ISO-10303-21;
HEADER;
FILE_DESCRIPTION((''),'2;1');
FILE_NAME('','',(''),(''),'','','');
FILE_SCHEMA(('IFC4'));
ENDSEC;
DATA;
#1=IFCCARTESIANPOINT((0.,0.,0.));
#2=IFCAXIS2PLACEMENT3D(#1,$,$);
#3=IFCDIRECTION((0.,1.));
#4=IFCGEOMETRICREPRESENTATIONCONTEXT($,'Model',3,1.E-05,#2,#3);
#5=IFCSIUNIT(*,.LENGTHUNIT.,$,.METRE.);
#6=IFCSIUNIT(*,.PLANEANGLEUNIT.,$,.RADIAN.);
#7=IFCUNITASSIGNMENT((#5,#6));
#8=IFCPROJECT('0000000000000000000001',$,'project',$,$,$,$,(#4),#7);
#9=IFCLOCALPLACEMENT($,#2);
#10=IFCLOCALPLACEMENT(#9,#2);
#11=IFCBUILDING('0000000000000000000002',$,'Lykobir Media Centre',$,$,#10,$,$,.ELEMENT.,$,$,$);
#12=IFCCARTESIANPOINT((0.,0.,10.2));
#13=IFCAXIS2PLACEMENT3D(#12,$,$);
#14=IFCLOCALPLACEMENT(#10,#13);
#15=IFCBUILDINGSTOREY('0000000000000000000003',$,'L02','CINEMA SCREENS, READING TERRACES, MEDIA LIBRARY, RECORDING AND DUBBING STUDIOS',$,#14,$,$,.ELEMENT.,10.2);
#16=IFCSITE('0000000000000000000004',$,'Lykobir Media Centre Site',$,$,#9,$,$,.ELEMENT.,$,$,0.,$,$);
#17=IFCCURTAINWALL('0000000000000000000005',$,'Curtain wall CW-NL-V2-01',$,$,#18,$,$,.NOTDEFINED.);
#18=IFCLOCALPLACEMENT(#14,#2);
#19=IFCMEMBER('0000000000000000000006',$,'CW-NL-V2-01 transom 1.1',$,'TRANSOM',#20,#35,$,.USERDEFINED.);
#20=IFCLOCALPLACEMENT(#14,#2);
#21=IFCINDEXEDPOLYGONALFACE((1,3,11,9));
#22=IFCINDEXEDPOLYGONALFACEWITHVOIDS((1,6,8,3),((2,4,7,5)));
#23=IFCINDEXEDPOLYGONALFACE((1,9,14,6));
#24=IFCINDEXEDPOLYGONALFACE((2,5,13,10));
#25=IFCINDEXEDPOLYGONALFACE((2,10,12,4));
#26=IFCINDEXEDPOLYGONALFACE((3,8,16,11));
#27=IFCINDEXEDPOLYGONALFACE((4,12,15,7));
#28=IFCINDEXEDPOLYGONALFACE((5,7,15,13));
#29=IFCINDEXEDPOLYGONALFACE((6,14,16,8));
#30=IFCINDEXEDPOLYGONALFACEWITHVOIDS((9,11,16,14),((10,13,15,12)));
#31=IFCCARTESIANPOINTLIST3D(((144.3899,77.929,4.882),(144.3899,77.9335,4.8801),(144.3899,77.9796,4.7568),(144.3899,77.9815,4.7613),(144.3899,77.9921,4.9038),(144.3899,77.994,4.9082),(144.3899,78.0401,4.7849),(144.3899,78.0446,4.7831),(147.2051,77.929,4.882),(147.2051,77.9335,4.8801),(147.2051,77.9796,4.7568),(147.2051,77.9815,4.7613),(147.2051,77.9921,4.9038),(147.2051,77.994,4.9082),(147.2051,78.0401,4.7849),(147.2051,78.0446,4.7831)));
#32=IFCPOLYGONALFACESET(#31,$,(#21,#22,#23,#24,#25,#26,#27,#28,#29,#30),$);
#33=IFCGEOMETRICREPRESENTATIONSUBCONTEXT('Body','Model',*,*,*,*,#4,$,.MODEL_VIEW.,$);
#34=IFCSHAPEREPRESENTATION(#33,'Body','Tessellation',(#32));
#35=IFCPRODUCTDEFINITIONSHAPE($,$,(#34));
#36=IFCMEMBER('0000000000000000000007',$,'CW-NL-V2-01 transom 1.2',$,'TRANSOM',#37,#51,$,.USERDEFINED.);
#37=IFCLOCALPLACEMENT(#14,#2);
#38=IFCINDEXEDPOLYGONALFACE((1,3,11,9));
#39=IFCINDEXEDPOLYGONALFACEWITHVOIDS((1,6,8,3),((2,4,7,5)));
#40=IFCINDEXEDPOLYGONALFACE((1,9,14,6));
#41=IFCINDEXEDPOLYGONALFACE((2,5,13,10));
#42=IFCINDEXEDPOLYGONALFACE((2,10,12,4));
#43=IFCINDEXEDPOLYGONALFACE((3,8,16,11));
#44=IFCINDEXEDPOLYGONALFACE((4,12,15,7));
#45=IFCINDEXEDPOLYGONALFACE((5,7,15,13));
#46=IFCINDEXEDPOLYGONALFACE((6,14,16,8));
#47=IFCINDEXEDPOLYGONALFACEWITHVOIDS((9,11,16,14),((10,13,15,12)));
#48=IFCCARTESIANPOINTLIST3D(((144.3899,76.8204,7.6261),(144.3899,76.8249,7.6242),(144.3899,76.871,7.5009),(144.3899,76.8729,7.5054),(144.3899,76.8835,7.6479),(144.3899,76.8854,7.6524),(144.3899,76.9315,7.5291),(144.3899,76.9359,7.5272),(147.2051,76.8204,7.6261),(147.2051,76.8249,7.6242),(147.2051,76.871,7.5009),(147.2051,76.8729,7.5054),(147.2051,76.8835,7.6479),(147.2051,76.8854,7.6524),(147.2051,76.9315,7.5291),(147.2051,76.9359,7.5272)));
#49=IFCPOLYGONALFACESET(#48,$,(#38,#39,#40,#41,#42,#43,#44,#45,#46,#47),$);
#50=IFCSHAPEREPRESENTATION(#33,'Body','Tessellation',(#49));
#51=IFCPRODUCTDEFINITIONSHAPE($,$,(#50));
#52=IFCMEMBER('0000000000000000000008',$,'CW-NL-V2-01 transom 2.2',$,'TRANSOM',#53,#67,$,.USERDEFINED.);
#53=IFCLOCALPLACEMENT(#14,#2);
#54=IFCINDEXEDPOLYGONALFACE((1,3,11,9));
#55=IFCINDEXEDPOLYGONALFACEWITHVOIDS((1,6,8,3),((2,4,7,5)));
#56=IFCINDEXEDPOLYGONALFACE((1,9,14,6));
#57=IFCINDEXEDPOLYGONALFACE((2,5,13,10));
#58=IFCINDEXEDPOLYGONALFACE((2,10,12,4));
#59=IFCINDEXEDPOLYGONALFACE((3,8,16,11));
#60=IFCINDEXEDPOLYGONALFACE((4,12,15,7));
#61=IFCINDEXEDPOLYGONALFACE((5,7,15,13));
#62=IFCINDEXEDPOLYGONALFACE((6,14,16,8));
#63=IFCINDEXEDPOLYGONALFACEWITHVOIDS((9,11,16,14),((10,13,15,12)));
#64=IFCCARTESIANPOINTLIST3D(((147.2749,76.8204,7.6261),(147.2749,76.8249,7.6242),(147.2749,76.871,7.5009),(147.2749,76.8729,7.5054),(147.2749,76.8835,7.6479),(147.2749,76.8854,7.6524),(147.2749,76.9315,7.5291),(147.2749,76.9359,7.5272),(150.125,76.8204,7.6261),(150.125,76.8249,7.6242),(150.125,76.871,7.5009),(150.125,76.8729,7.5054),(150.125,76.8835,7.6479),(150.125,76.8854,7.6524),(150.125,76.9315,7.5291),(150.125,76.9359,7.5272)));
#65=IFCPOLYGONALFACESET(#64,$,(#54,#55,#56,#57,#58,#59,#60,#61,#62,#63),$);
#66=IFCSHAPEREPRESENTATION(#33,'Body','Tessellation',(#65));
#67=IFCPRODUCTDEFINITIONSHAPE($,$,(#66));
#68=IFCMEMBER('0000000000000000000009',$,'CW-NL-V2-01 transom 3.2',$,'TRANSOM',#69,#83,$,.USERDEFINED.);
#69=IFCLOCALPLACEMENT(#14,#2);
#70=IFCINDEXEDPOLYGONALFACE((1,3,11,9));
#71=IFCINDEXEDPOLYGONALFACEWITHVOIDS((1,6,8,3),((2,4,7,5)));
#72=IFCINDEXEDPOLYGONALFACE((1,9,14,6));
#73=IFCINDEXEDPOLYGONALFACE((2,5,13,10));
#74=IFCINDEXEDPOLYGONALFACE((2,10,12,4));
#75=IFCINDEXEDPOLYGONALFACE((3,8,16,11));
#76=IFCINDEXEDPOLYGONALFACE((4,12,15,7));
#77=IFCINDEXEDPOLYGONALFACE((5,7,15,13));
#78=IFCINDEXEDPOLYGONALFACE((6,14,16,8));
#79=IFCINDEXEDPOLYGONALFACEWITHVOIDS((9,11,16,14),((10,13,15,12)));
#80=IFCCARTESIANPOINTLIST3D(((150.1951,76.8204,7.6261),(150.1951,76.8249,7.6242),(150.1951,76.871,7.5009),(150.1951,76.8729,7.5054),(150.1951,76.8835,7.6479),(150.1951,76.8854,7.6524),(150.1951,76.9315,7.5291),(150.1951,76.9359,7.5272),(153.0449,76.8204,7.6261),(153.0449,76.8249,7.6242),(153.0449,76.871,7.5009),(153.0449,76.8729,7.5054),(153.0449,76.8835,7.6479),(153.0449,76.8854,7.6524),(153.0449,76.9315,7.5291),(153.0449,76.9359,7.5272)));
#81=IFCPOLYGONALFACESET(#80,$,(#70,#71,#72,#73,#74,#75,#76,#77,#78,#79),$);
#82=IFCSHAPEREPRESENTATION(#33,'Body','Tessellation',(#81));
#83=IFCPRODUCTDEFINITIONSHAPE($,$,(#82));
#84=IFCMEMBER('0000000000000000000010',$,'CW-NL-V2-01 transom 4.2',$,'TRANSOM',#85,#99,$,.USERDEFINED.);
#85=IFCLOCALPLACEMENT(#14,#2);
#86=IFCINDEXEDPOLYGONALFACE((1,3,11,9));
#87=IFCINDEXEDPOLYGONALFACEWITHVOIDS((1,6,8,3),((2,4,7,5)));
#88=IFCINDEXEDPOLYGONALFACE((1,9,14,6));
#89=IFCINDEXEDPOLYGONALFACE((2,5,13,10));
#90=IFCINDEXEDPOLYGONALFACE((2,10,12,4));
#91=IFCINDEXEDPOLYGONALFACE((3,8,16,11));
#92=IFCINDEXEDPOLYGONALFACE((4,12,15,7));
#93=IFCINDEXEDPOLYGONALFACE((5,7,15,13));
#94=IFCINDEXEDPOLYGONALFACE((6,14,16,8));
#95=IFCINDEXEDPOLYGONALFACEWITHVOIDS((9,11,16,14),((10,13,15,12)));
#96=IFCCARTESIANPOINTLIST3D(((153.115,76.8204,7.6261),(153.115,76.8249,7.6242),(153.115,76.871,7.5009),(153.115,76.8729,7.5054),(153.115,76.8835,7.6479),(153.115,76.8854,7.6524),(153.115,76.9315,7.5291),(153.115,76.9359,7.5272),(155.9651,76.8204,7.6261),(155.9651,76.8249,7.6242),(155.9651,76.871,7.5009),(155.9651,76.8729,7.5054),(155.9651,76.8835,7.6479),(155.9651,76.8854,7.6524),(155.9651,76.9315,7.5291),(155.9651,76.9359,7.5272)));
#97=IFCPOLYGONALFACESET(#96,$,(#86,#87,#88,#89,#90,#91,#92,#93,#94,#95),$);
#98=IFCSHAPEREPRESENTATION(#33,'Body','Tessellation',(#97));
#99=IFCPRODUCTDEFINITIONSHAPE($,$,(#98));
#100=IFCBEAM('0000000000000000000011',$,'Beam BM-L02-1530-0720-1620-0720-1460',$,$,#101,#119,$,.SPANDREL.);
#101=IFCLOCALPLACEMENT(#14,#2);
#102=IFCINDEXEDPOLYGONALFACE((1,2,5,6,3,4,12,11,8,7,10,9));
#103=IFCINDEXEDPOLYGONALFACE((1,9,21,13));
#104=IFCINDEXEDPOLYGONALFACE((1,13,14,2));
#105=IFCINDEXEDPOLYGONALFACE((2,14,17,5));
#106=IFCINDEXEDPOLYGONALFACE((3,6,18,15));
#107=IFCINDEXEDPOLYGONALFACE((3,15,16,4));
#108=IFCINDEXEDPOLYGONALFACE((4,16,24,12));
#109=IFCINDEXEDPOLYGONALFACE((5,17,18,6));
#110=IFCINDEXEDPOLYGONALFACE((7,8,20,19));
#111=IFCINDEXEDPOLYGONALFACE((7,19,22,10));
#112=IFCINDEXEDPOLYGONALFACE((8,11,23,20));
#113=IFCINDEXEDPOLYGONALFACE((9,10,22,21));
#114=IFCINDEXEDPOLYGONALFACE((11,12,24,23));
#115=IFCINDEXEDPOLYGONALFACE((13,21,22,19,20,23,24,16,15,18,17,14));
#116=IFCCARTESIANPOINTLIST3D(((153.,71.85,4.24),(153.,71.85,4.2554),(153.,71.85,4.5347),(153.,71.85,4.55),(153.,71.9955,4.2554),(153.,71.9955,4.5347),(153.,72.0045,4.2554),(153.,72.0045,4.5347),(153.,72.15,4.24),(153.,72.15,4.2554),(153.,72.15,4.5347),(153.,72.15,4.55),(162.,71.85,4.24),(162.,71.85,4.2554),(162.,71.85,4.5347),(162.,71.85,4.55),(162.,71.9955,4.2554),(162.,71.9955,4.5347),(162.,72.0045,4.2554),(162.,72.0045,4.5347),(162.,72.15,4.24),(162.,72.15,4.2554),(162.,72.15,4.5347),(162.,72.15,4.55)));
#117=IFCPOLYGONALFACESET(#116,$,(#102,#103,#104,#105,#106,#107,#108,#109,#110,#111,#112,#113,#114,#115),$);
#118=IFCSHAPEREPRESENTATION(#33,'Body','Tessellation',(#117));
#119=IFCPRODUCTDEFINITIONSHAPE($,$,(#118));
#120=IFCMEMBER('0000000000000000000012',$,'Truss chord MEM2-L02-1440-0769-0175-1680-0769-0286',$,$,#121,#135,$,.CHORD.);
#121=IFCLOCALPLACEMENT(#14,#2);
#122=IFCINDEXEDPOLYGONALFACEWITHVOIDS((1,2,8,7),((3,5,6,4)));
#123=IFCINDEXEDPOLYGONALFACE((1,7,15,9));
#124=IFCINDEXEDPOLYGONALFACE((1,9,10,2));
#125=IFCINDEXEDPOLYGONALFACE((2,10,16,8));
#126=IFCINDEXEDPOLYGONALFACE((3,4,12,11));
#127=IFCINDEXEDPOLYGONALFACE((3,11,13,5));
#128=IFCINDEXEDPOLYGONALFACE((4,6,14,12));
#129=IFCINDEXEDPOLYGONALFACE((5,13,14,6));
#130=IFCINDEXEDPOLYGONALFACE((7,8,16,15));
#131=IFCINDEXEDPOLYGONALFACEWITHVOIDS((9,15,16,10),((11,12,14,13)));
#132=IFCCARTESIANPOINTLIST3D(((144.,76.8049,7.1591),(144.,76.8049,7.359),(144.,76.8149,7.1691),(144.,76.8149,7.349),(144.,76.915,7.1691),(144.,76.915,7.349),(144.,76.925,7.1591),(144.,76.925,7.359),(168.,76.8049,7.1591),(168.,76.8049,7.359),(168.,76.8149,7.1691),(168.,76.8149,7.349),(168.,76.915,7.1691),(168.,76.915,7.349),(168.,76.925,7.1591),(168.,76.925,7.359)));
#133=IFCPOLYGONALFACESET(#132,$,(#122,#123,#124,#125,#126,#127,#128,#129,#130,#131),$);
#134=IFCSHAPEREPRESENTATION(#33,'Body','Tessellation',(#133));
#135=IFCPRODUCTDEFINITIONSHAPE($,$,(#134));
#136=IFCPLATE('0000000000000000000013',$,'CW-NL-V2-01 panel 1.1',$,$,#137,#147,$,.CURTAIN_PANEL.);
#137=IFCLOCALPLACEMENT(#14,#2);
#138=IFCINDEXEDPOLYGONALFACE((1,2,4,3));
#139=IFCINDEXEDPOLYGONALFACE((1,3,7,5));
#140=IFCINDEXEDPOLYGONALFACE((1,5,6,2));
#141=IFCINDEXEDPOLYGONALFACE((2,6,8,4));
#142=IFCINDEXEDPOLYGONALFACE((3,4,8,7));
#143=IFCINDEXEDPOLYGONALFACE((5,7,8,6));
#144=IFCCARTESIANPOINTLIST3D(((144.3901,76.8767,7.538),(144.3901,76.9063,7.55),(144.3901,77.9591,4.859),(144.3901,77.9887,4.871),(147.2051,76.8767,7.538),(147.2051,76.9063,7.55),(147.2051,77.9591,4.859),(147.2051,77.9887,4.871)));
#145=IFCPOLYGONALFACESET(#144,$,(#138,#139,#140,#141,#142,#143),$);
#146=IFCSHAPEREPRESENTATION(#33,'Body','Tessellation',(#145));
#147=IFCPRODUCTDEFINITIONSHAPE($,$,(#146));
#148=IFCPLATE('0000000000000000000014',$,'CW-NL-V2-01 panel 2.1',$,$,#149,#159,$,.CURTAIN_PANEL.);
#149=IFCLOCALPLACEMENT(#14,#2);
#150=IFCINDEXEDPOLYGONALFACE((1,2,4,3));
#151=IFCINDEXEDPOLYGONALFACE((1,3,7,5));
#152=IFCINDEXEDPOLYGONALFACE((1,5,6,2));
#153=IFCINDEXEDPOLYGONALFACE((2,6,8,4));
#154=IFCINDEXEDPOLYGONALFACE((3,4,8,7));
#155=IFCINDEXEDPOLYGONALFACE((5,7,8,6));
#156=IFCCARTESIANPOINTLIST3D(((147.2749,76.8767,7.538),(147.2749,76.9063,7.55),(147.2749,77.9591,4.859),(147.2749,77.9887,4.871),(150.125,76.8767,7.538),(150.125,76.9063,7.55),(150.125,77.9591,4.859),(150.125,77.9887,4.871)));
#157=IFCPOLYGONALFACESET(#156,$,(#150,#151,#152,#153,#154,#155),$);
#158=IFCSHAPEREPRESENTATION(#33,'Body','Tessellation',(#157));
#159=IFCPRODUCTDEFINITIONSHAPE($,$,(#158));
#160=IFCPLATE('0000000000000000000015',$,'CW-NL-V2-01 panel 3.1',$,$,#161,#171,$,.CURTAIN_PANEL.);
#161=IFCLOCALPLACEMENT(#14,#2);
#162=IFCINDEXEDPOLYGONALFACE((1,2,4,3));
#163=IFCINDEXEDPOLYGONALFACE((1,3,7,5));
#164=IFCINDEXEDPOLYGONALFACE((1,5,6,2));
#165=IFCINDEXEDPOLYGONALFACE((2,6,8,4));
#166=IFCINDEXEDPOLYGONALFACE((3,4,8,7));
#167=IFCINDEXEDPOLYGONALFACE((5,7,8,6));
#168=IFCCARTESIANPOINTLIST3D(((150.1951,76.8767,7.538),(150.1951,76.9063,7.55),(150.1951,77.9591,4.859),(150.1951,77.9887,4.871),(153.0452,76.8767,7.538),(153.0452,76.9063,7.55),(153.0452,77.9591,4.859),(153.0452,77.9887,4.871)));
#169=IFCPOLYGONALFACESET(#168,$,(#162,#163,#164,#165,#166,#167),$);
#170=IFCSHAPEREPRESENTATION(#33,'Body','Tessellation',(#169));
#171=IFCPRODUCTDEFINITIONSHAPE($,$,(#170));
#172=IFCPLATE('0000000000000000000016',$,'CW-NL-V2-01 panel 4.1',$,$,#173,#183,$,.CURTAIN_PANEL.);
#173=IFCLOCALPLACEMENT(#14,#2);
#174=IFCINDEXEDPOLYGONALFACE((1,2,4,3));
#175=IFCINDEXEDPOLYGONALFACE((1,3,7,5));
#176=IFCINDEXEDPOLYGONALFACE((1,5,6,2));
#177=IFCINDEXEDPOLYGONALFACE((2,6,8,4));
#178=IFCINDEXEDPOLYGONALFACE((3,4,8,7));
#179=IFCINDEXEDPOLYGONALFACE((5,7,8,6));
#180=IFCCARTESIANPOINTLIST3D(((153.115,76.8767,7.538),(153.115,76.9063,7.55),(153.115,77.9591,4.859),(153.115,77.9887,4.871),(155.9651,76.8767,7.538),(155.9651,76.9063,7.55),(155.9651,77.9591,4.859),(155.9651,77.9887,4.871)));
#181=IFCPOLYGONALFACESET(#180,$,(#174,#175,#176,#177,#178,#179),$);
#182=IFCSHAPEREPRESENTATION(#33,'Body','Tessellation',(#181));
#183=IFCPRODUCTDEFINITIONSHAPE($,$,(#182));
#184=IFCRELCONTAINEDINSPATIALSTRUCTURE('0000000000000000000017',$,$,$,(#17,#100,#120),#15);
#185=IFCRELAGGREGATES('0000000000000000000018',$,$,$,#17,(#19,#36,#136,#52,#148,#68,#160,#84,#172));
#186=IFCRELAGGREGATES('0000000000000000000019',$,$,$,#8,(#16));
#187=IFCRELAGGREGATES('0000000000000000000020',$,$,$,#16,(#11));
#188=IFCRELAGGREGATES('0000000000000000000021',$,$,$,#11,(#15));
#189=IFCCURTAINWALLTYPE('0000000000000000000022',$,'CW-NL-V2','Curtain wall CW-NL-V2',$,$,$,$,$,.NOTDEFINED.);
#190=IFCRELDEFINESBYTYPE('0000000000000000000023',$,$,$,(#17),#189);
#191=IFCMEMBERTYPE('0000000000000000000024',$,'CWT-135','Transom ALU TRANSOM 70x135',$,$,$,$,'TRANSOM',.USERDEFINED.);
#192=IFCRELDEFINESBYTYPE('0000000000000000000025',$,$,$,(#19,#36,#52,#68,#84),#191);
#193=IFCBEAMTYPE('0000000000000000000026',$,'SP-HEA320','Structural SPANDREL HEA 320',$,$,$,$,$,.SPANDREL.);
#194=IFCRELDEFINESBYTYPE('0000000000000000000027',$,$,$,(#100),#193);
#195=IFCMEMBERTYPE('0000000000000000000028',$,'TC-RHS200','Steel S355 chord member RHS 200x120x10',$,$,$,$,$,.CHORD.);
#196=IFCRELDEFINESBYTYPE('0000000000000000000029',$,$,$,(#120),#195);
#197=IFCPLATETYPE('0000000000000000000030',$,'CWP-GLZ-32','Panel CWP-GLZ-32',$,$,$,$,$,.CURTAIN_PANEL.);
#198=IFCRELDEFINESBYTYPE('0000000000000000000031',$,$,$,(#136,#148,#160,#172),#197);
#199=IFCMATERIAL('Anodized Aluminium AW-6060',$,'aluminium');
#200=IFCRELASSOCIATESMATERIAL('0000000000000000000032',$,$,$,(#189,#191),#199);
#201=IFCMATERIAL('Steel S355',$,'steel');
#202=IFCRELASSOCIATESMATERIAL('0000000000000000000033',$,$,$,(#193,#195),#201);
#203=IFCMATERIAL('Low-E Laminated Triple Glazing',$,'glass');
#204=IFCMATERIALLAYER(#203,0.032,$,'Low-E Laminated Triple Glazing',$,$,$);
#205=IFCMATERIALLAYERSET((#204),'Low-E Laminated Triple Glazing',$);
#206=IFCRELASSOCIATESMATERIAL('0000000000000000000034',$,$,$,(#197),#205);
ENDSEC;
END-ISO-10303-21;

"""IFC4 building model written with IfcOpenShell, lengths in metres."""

from ifc_helpers import new_model, si_unit, direction, frame, origin, origin_2d, place, context, subcontext, project, spatial, rectangle, hollow_rectangle, i_section, extrude, material, layer, layer_set, material_profile, profile_set, type_object, element, aggregate, save


model = new_model("IFC4")

# Units and contexts
model_context = context("Model", 3, precision=1e-05, world=origin(), true_north=direction((0.0, 1.0)))
body_context = subcontext(model_context, "Body", "Model", "MODEL_VIEW")
ifc_project = project(units=[si_unit("LENGTHUNIT", "METRE"), si_unit("PLANEANGLEUNIT", "RADIAN")], contexts=[model_context])

# Site, building, storey
site_placement = place(None, origin())
site = spatial("IfcSite", under=ifc_project, at=site_placement, Name="Lykobir Media Centre Site", CompositionType="ELEMENT", RefElevation=0.0)
building_placement = place(site_placement, origin())
building = spatial("IfcBuilding", under=site, at=building_placement, Name="Lykobir Media Centre", CompositionType="ELEMENT")
storey_placement = place(building_placement, frame((0.0, 0.0, 10.2)))
storey = spatial("IfcBuildingStorey", under=building, at=storey_placement, Name="L02", Description="CINEMA SCREENS, READING TERRACES, MEDIA LIBRARY, RECORDING AND DUBBING STUDIOS", CompositionType="ELEMENT", Elevation=10.2)

# Shared definitions
ifc_material_1 = material(Name="Steel S355", Category="steel")

# Curtain wall, members
ifc_material_2 = material(Name="Anodized Aluminium AW-6060", Category="aluminium")
curtain_wall_type = type_object("IfcCurtainWallType", Name="CW-NL-V2", Description="Curtain wall CW-NL-V2", PredefinedType="NOTDEFINED", material=ifc_material_2)
curtain_wall_placement = place(storey_placement, origin())
curtain_wall = element("IfcCurtainWall", 1, at=curtain_wall_placement, inside=storey, type_object=curtain_wall_type, Name="Curtain wall CW-NL-V2-01", PredefinedType="NOTDEFINED")
ifc_material_profile_1 = material_profile(ifc_material_2, hollow_rectangle(XDim=0.0701, YDim=0.135, WallThickness=0.0034, at=origin_2d()), Name="ALU TRANSOM 70x135")
ifc_profile_set_1 = profile_set([ifc_material_profile_1], Name="Anodized Aluminium AW-6060")
member_type_1 = type_object("IfcMemberType", Name="CWT-135", Description="Transom ALU TRANSOM 70x135", ElementType="TRANSOM", PredefinedType="USERDEFINED", material=ifc_profile_set_1)
member_1_placement = place(storey_placement, frame((144.3899, 77.9868, 4.8325), z_axis=(1.0, 0.0, 0.0), x_axis=(0.0, 0.927184, 0.374607)))
member_1 = element("IfcMember", 2, at=member_1_placement, type_object=member_type_1, Name="CW-NL-V2-01 transom 1.1", ObjectType="TRANSOM", PredefinedType="USERDEFINED", context=body_context, shape_type="SweptSolid", body=[
    extrude(hollow_rectangle(XDim=0.0701, YDim=0.135, WallThickness=0.0034, at=origin_2d()), origin(), (0.0, 0.0, 1.0), 2.8152),
])
member_2_placement = place(storey_placement, frame((144.3899, 76.8782, 7.5767), z_axis=(1.0, 0.0, 0.0), x_axis=(0.0, 0.927184, 0.374607)))
member_2 = element("IfcMember", 3, at=member_2_placement, type_object=member_type_1, Name="CW-NL-V2-01 transom 1.2", ObjectType="TRANSOM", PredefinedType="USERDEFINED", context=body_context, shape_type="SweptSolid", body=[
    extrude(hollow_rectangle(XDim=0.0701, YDim=0.135, WallThickness=0.0034, at=origin_2d()), origin(), (0.0, 0.0, 1.0), 2.8152),
])
member_3_placement = place(storey_placement, frame((147.2749, 76.8782, 7.5767), z_axis=(1.0, 0.0, 0.0), x_axis=(0.0, 0.927184, 0.374607)))
member_3 = element("IfcMember", 4, at=member_3_placement, type_object=member_type_1, Name="CW-NL-V2-01 transom 2.2", ObjectType="TRANSOM", PredefinedType="USERDEFINED", context=body_context, shape_type="SweptSolid", body=[
    extrude(hollow_rectangle(XDim=0.0701, YDim=0.135, WallThickness=0.0034, at=origin_2d()), origin(), (0.0, 0.0, 1.0), 2.8501),
])
member_4_placement = place(storey_placement, frame((150.1951, 76.8782, 7.5767), z_axis=(1.0, 0.0, 0.0), x_axis=(0.0, 0.927184, 0.374607)))
member_4 = element("IfcMember", 5, at=member_4_placement, type_object=member_type_1, Name="CW-NL-V2-01 transom 3.2", ObjectType="TRANSOM", PredefinedType="USERDEFINED", context=body_context, shape_type="SweptSolid", body=[
    extrude(hollow_rectangle(XDim=0.0701, YDim=0.135, WallThickness=0.0034, at=origin_2d()), origin(), (0.0, 0.0, 1.0), 2.8499),
])
member_5_placement = place(storey_placement, frame((153.115, 76.8782, 7.5767), z_axis=(1.0, 0.0, 0.0), x_axis=(0.0, 0.927184, 0.374607)))
member_5 = element("IfcMember", 6, at=member_5_placement, type_object=member_type_1, Name="CW-NL-V2-01 transom 4.2", ObjectType="TRANSOM", PredefinedType="USERDEFINED", context=body_context, shape_type="SweptSolid", body=[
    extrude(hollow_rectangle(XDim=0.0701, YDim=0.135, WallThickness=0.0034, at=origin_2d()), origin(), (0.0, 0.0, 1.0), 2.8501),
])

# Beam
ifc_material_profile_2 = material_profile(ifc_material_1, i_section(OverallWidth=0.3, OverallDepth=0.3101, WebThickness=0.009, FlangeThickness=0.0154, at=origin_2d()), Name="HEA 320")
ifc_profile_set_2 = profile_set([ifc_material_profile_2], Name="Steel S355")
beam_type = type_object("IfcBeamType", Name="SP-HEA320", Description="Structural SPANDREL HEA 320", PredefinedType="SPANDREL", material=ifc_profile_set_2)
beam_placement = place(storey_placement, frame((153.0, 72.0, 4.395), z_axis=(1.0, 0.0, 0.0), x_axis=(0.0, 1.0, 0.0)))
element("IfcBeam", 7, at=beam_placement, inside=storey, type_object=beam_type, Name="Beam BM-L02-1530-0720-1620-0720-1460", PredefinedType="SPANDREL", context=body_context, shape_type="SweptSolid", body=[
    extrude(i_section(OverallWidth=0.3, OverallDepth=0.3101, WebThickness=0.009, FlangeThickness=0.0154, at=origin_2d()), origin(), (0.0, 0.0, 1.0), 9.0),
])

# Member
ifc_material_profile_3 = material_profile(ifc_material_1, hollow_rectangle(XDim=0.1201, YDim=0.2, WallThickness=0.01, at=origin_2d()), Name="RHS 200x120x10")
ifc_profile_set_3 = profile_set([ifc_material_profile_3], Name="Steel S355")
member_type_2 = type_object("IfcMemberType", Name="TC-RHS200", Description="Steel S355 chord member RHS 200x120x10", PredefinedType="CHORD", material=ifc_profile_set_3)
member_6_placement = place(storey_placement, frame((144.0, 76.865, 7.259), z_axis=(1.0, 0.0, 0.0), x_axis=(0.0, 1.0, 0.0)))
element("IfcMember", 8, at=member_6_placement, inside=storey, type_object=member_type_2, Name="Truss chord MEM2-L02-1440-0769-0175-1680-0769-0286", PredefinedType="CHORD", context=body_context, shape_type="SweptSolid", body=[
    extrude(hollow_rectangle(XDim=0.1201, YDim=0.2, WallThickness=0.01, at=origin_2d()), origin(), (0.0, 0.0, 1.0), 24.0),
])

# Plates
ifc_material_3 = material(Name="Low-E Laminated Triple Glazing", Category="glass")
ifc_layer_1 = layer(ifc_material_3, 0.032, Name="Low-E Laminated Triple Glazing")
ifc_layer_set_1 = layer_set([ifc_layer_1], Name="Low-E Laminated Triple Glazing")
plate_type_1 = type_object("IfcPlateType", Name="CWP-GLZ-32", Description="Panel CWP-GLZ-32", PredefinedType="CURTAIN_PANEL", material=ifc_layer_set_1)
plate_1_placement = place(storey_placement, frame((145.7976, 77.9739, 4.865), z_axis=(0.0, -0.374607, 0.927184), x_axis=(1.0, 0.0, 0.0)))
plate_1 = element("IfcPlate", 9, at=plate_1_placement, type_object=plate_type_1, Name="CW-NL-V2-01 panel 1.1", PredefinedType="CURTAIN_PANEL", context=body_context, shape_type="SweptSolid", body=[
    extrude(rectangle(XDim=2.8149, YDim=0.032, at=origin_2d()), origin(), (0.0, 0.0, 1.0), 2.8894),
])
plate_2_placement = place(storey_placement, frame((148.7, 77.9739, 4.865), z_axis=(0.0, -0.374607, 0.927184), x_axis=(1.0, 0.0, 0.0)))
plate_2 = element("IfcPlate", 10, at=plate_2_placement, type_object=plate_type_1, Name="CW-NL-V2-01 panel 2.1", PredefinedType="CURTAIN_PANEL", context=body_context, shape_type="SweptSolid", body=[
    extrude(rectangle(XDim=2.8501, YDim=0.032, at=origin_2d()), origin(), (0.0, 0.0, 1.0), 2.8894),
])
plate_3_placement = place(storey_placement, frame((151.6201, 77.9739, 4.865), z_axis=(0.0, -0.374607, 0.927184), x_axis=(1.0, 0.0, 0.0)))
plate_3 = element("IfcPlate", 11, at=plate_3_placement, type_object=plate_type_1, Name="CW-NL-V2-01 panel 3.1", PredefinedType="CURTAIN_PANEL", context=body_context, shape_type="SweptSolid", body=[
    extrude(rectangle(XDim=2.8501, YDim=0.032, at=origin_2d()), origin(), (0.0, 0.0, 1.0), 2.8894),
])
plate_4_placement = place(storey_placement, frame((154.54, 77.9739, 4.865), z_axis=(0.0, -0.374607, 0.927184), x_axis=(1.0, 0.0, 0.0)))
plate_4 = element("IfcPlate", 12, at=plate_4_placement, type_object=plate_type_1, Name="CW-NL-V2-01 panel 4.1", PredefinedType="CURTAIN_PANEL", context=body_context, shape_type="SweptSolid", body=[
    extrude(rectangle(XDim=2.8501, YDim=0.032, at=origin_2d()), origin(), (0.0, 0.0, 1.0), 2.8894),
])
aggregate(curtain_wall, [member_1, member_2, plate_1, member_3, plate_2, member_4, plate_3, member_5, plate_4])

save(model, "model.ifc")
